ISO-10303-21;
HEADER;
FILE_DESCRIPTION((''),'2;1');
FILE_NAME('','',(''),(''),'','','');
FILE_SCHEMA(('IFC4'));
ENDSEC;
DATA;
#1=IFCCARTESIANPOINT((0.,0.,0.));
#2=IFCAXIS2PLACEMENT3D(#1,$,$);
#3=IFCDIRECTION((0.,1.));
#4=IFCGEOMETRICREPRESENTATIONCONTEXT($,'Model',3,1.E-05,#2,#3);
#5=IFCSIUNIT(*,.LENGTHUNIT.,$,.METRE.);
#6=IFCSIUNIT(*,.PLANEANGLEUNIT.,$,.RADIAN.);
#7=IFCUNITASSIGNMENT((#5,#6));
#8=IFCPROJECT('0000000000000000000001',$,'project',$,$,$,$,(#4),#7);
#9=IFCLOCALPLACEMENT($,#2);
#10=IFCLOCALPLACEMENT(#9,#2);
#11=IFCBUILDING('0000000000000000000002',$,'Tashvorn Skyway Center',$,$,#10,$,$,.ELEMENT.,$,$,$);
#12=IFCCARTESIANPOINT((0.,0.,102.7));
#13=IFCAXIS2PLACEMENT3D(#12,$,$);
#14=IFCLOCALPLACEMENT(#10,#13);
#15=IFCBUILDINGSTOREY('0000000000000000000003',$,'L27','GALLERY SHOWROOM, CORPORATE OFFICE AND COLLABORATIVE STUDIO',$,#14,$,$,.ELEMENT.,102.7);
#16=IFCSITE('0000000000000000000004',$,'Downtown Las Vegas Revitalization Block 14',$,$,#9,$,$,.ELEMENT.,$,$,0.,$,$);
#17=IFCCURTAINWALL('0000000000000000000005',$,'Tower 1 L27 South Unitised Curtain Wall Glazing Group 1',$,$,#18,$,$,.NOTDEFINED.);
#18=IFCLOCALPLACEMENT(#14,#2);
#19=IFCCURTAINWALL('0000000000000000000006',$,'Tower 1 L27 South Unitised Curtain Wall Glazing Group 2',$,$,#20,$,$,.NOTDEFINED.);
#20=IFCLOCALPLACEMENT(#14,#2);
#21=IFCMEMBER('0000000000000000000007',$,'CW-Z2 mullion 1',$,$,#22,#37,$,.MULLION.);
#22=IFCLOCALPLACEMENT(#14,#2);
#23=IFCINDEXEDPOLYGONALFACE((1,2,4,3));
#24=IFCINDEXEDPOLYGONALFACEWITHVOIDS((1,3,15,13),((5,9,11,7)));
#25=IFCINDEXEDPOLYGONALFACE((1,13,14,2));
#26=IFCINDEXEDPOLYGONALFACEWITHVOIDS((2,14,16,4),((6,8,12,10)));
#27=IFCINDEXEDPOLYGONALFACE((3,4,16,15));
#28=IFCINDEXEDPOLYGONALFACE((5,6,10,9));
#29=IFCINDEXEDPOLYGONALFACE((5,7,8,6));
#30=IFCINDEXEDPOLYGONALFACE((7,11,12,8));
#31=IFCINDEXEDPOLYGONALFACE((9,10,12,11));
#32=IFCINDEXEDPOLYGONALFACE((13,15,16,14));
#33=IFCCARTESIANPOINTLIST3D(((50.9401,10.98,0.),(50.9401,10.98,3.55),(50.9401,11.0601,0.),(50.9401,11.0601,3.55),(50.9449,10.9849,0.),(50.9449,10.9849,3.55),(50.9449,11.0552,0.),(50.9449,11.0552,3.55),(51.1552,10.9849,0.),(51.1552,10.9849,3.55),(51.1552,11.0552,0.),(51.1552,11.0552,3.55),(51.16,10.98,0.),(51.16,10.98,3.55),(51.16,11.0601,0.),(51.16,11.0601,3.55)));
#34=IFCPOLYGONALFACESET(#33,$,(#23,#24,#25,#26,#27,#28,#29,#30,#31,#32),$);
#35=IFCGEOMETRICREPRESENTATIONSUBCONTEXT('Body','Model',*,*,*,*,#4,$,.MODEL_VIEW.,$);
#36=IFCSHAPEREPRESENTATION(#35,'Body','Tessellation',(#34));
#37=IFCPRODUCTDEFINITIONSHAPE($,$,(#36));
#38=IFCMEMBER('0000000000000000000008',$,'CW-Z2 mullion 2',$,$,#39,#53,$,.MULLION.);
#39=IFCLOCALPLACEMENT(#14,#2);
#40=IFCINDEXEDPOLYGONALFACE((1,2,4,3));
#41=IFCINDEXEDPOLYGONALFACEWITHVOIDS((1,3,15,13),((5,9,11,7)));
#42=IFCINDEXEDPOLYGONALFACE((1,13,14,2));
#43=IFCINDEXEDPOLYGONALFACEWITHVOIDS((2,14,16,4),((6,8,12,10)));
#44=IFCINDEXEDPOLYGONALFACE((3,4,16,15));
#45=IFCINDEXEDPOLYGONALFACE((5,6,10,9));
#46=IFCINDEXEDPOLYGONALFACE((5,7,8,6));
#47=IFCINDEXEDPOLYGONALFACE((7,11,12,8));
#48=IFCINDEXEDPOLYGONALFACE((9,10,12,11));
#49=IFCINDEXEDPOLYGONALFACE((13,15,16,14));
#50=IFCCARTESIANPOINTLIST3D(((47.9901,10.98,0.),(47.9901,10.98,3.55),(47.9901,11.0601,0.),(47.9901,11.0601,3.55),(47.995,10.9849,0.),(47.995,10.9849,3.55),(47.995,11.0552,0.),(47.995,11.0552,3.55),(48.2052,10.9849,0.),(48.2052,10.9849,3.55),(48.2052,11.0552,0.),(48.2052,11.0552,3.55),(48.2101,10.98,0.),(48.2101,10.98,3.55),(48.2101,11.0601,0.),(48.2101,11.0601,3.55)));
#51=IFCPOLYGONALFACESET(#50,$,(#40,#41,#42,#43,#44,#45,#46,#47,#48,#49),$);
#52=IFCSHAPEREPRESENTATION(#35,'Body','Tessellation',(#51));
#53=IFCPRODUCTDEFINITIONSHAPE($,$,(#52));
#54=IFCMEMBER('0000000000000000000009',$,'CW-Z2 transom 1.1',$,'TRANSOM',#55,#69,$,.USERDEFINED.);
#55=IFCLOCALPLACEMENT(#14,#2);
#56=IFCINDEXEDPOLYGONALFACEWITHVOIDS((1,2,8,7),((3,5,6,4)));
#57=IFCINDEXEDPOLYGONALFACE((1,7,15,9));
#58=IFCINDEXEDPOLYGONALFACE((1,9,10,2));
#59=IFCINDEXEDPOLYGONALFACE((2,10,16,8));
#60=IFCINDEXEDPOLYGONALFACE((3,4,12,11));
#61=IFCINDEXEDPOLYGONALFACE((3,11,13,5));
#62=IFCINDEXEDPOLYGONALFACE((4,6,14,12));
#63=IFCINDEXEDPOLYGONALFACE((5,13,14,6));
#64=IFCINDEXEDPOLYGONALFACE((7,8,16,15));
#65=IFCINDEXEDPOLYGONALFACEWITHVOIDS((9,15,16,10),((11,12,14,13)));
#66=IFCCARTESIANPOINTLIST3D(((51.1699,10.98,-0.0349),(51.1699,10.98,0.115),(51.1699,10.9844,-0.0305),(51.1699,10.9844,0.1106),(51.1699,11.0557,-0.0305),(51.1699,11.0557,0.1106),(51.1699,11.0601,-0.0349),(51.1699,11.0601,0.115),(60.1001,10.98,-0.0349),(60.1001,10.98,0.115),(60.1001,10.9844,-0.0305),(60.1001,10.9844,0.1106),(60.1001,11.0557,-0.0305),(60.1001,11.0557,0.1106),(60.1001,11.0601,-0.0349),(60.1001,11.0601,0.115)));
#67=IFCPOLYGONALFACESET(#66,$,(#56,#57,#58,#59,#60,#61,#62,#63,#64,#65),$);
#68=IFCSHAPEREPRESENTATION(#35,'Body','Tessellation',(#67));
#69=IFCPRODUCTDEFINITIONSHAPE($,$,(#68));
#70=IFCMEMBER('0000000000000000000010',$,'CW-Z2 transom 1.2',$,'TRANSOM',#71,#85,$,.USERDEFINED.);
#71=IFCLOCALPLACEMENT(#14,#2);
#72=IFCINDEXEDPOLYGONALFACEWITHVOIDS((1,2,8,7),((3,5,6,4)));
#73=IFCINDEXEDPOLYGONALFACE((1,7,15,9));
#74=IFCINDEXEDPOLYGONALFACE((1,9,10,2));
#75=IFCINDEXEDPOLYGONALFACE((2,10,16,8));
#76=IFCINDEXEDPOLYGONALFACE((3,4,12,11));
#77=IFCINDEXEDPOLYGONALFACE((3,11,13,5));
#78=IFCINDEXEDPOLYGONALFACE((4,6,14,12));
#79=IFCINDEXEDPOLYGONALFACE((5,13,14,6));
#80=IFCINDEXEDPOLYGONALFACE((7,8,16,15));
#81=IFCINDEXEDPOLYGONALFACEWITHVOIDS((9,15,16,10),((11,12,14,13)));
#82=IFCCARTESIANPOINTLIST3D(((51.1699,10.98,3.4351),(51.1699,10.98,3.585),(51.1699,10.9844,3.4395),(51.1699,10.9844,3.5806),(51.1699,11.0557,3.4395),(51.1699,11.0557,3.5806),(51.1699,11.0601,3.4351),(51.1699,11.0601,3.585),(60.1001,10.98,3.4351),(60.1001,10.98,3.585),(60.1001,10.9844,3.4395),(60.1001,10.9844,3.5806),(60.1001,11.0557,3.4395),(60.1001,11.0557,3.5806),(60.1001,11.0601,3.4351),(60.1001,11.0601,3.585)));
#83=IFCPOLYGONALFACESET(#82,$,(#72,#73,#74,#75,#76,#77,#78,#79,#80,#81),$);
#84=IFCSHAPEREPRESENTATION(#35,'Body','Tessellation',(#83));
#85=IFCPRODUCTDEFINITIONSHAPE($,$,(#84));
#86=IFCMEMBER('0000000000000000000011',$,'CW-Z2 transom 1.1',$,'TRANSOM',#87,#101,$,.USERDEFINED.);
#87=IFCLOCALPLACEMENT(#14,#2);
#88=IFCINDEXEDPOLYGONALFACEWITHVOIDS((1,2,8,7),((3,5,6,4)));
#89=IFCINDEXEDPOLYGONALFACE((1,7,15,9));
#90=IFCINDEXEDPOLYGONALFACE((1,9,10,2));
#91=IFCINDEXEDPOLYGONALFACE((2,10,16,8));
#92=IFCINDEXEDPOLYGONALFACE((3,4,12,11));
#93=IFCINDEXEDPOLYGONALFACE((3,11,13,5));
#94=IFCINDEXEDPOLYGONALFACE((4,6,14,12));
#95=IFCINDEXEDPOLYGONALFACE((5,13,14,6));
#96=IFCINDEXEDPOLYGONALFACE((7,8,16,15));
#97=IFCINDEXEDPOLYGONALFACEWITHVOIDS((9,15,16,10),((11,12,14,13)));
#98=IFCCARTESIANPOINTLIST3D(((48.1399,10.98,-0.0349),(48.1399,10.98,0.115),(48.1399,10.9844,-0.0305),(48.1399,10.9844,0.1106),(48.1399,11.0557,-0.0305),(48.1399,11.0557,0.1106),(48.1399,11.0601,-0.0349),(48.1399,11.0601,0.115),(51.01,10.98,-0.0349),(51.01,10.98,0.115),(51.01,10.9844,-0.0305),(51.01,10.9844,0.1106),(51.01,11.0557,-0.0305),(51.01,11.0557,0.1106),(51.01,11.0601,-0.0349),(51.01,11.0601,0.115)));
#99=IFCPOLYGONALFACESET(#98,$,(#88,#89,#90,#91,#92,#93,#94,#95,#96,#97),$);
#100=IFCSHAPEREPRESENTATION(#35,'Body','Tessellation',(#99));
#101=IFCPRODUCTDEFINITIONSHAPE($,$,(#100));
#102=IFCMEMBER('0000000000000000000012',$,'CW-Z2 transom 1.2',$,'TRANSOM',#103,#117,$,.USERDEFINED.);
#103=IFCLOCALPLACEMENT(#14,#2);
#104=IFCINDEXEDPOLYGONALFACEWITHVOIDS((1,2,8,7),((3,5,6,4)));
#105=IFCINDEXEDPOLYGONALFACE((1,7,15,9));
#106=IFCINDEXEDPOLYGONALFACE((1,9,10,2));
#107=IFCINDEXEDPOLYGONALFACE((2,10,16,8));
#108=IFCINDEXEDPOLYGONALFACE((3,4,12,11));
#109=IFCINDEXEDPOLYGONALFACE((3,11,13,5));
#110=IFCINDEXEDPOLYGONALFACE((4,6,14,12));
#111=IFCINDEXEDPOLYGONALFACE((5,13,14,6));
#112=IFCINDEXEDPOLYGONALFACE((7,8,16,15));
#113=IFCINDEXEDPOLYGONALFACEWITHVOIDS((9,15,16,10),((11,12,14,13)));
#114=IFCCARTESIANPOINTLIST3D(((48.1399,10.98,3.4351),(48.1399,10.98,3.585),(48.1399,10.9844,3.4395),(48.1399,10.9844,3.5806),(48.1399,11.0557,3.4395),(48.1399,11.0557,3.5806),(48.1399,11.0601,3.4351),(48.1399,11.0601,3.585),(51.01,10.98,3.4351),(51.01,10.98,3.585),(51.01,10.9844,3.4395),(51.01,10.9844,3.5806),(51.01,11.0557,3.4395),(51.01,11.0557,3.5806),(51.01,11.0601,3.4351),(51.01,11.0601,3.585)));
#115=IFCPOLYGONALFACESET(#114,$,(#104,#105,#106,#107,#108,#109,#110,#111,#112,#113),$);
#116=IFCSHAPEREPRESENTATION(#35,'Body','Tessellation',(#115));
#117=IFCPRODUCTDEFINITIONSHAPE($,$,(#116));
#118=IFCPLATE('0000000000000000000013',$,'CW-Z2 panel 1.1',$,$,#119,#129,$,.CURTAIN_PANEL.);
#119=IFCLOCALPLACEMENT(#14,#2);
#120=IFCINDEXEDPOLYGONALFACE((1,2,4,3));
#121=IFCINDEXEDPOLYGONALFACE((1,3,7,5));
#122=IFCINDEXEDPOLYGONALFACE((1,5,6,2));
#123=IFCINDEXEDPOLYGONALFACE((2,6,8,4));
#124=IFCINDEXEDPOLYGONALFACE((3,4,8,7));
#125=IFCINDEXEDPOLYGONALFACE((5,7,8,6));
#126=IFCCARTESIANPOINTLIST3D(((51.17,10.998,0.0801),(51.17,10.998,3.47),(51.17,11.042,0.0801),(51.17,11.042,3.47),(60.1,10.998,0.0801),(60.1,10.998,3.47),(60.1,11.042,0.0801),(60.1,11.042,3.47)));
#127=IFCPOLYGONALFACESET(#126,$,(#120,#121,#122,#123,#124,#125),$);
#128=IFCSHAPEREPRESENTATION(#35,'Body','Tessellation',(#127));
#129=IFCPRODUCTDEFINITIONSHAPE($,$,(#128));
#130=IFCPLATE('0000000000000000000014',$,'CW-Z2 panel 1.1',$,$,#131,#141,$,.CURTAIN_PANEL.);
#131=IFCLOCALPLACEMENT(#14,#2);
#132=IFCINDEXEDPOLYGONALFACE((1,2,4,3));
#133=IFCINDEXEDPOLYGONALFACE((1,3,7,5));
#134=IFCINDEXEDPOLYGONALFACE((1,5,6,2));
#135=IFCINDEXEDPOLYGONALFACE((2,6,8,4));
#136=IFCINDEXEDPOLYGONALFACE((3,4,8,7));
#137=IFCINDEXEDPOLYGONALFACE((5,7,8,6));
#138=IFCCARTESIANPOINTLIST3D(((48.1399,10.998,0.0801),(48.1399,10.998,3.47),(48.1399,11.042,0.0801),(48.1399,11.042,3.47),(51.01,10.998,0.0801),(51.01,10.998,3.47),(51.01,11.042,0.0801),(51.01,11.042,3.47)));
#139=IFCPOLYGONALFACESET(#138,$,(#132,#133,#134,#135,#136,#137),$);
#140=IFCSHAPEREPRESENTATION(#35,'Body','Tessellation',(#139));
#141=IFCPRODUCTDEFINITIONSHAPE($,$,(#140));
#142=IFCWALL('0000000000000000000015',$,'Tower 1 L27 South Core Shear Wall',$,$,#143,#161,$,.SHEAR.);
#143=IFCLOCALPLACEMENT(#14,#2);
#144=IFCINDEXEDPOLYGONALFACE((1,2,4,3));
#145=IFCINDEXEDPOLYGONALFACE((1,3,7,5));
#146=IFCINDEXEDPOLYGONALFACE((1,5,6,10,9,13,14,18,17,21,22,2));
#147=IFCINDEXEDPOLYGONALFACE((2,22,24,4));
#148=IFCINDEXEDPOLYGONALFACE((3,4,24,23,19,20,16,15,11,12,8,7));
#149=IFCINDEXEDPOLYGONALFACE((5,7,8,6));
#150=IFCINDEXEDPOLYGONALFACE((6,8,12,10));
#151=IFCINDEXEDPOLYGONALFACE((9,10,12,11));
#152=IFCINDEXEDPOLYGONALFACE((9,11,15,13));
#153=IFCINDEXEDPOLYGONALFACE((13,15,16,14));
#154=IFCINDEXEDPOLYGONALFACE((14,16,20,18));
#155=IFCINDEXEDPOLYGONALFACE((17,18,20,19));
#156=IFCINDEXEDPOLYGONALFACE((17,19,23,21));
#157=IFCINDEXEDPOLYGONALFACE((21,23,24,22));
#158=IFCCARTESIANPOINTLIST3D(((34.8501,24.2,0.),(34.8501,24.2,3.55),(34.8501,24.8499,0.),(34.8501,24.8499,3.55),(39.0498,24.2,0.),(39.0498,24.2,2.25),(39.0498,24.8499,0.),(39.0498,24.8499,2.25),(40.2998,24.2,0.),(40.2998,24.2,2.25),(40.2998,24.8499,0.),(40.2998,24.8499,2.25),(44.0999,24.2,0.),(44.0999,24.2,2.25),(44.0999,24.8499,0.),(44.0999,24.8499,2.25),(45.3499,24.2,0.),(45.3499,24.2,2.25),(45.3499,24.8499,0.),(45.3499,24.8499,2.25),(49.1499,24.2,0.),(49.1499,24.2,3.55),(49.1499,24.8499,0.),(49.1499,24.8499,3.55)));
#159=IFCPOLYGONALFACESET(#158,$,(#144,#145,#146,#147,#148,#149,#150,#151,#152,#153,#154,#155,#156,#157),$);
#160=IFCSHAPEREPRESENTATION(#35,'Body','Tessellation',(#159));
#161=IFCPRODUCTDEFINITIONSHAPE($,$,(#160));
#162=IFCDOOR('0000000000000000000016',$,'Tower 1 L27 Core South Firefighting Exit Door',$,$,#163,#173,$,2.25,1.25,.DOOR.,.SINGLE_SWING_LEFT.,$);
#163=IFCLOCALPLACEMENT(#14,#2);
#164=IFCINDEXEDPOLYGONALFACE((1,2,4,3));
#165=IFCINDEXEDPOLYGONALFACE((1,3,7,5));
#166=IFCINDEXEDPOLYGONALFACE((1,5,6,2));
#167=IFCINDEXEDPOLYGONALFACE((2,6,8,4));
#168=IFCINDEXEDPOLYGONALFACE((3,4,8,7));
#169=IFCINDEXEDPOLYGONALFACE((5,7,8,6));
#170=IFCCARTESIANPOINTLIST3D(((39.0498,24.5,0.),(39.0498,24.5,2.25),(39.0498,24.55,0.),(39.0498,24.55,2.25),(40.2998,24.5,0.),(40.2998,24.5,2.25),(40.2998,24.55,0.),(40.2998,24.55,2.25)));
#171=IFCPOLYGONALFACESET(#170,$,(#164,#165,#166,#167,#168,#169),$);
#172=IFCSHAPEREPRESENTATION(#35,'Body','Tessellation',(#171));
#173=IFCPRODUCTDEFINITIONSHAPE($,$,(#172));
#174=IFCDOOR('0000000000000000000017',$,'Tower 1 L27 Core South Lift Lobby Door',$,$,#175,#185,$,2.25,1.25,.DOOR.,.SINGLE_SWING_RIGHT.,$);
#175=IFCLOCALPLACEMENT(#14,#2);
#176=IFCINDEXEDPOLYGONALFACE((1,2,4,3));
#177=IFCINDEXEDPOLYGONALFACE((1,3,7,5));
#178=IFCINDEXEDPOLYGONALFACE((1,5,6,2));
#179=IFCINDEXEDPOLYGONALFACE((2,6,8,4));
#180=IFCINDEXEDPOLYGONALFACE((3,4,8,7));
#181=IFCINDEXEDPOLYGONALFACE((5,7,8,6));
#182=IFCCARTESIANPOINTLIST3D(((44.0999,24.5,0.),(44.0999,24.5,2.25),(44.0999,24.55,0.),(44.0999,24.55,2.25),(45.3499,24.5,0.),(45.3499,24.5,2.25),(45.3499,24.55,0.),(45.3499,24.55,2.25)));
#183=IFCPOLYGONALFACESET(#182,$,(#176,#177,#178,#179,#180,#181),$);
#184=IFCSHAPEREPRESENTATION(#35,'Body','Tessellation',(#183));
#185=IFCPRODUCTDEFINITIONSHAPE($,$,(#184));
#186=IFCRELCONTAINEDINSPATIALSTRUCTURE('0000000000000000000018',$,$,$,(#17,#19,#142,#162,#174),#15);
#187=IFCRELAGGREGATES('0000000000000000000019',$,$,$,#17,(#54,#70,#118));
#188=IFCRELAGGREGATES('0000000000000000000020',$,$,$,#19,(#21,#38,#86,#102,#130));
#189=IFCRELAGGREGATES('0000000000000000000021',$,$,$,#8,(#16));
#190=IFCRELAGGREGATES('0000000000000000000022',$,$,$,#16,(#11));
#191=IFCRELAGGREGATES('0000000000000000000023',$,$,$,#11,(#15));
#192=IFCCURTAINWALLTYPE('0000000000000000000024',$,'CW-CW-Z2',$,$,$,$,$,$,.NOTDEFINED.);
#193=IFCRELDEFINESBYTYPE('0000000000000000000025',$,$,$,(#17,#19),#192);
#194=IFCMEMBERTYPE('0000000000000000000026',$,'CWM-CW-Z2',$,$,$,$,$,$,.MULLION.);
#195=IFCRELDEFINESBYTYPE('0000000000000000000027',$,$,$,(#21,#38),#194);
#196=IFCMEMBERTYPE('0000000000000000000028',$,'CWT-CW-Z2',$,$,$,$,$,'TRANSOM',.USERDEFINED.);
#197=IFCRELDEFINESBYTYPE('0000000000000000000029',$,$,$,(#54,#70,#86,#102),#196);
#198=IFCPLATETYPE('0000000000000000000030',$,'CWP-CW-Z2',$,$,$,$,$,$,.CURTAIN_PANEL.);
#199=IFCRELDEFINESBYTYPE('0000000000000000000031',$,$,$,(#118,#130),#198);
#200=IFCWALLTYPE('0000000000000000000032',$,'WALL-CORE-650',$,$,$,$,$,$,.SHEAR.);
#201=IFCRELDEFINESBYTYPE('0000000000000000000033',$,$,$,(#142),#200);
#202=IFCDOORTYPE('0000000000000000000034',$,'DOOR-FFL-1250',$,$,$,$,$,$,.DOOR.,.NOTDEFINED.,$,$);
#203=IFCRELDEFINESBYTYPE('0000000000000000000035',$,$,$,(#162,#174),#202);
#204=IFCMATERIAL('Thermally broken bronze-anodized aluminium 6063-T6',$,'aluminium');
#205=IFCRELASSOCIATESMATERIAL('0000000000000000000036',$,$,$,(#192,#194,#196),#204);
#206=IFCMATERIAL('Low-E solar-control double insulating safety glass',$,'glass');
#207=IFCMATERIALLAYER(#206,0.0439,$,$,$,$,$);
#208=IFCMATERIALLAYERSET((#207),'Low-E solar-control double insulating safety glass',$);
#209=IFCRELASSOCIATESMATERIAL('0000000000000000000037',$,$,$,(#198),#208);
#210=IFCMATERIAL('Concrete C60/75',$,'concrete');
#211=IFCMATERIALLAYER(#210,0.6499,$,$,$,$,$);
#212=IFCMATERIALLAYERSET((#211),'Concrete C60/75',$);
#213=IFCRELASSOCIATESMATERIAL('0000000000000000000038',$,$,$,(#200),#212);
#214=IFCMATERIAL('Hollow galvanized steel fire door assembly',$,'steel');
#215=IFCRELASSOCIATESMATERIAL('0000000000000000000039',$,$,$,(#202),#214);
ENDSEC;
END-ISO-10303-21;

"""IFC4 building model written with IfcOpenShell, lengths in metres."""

from ifc_helpers import new_model, si_unit, direction, frame, frame_2d, origin, origin_2d, place, context, subcontext, project, spatial, rectangle, hollow_rectangle, extrude, material, layer, layer_set, material_profile, profile_set, type_object, element, fill, aggregate, save


model = new_model("IFC4")

# Units and contexts
model_context = context("Model", 3, precision=1e-05, world=origin(), true_north=direction((0.0, 1.0)))
body_context = subcontext(model_context, "Body", "Model", "MODEL_VIEW")
ifc_project = project(units=[si_unit("LENGTHUNIT", "METRE"), si_unit("PLANEANGLEUNIT", "RADIAN")], contexts=[model_context])

# Site, building, storey
site_placement = place(None, origin())
site = spatial("IfcSite", under=ifc_project, at=site_placement, Name="Downtown Las Vegas Revitalization Block 14", CompositionType="ELEMENT", RefElevation=0.0)
building_placement = place(site_placement, origin())
building = spatial("IfcBuilding", under=site, at=building_placement, Name="Tashvorn Skyway Center", CompositionType="ELEMENT")
storey_placement = place(building_placement, frame((0.0, 0.0, 102.7)))
storey = spatial("IfcBuildingStorey", under=building, at=storey_placement, Name="L27", Description="GALLERY SHOWROOM, CORPORATE OFFICE AND COLLABORATIVE STUDIO", CompositionType="ELEMENT", Elevation=102.7)

# Curtain walls, members
ifc_material_1 = material(Name="Thermally broken bronze-anodized aluminium 6063-T6", Category="aluminium")
curtain_wall_type = type_object("IfcCurtainWallType", Name="CW-CW-Z2", PredefinedType="NOTDEFINED", material=ifc_material_1)
curtain_wall_1_placement = place(storey_placement, origin())
curtain_wall_1 = element("IfcCurtainWall", 1, at=curtain_wall_1_placement, inside=storey, type_object=curtain_wall_type, Name="Tower 1 L27 South Unitised Curtain Wall Glazing Group 1", PredefinedType="NOTDEFINED")
ifc_material_profile_1 = material_profile(ifc_material_1, hollow_rectangle(XDim=0.0801, YDim=0.22, WallThickness=0.0049, at=origin_2d()), Name="ALU-MULL-80x220")
ifc_profile_set_1 = profile_set([ifc_material_profile_1], Name="Thermally broken bronze-anodized aluminium 6063-T6")
member_type_1 = type_object("IfcMemberType", Name="CWM-CW-Z2", PredefinedType="MULLION", material=ifc_profile_set_1)
curtain_wall_2_placement = place(storey_placement, origin())
curtain_wall_2 = element("IfcCurtainWall", 2, at=curtain_wall_2_placement, inside=storey, type_object=curtain_wall_type, Name="Tower 1 L27 South Unitised Curtain Wall Glazing Group 2", PredefinedType="NOTDEFINED")
member_1_placement = place(storey_placement, frame((51.05, 11.02, 0.0), z_axis=(0.0, 0.0, 1.0), x_axis=(0.0, -1.0, 0.0)))
member_1 = element("IfcMember", 3, at=member_1_placement, type_object=member_type_1, Name="CW-Z2 mullion 1", PredefinedType="MULLION", context=body_context, shape_type="SweptSolid", body=[
    extrude(hollow_rectangle(XDim=0.0801, YDim=0.22, WallThickness=0.0049, at=origin_2d()), origin(), (0.0, 0.0, 1.0), 3.55),
])
member_2_placement = place(storey_placement, frame((48.1001, 11.02, 0.0), z_axis=(0.0, 0.0, 1.0), x_axis=(0.0, -1.0, 0.0)))
member_2 = element("IfcMember", 4, at=member_2_placement, type_object=member_type_1, Name="CW-Z2 mullion 2", PredefinedType="MULLION", context=body_context, shape_type="SweptSolid", body=[
    extrude(hollow_rectangle(XDim=0.0801, YDim=0.22, WallThickness=0.0049, at=origin_2d()), origin(), (0.0, 0.0, 1.0), 3.55),
])

# Members
ifc_material_profile_2 = material_profile(ifc_material_1, hollow_rectangle(XDim=0.0801, YDim=0.1499, WallThickness=0.0044, at=origin_2d()), Name="ALU-TRAN-80x150")
ifc_profile_set_2 = profile_set([ifc_material_profile_2], Name="Thermally broken bronze-anodized aluminium 6063-T6")
member_type_2 = type_object("IfcMemberType", Name="CWT-CW-Z2", ElementType="TRANSOM", PredefinedType="USERDEFINED", material=ifc_profile_set_2)
member_3_placement = place(storey_placement, frame((60.1001, 11.02, 0.04), z_axis=(-1.0, 0.0, 0.0), x_axis=(0.0, -1.0, 0.0)))
member_3 = element("IfcMember", 5, at=member_3_placement, type_object=member_type_2, Name="CW-Z2 transom 1.1", ObjectType="TRANSOM", PredefinedType="USERDEFINED", context=body_context, shape_type="SweptSolid", body=[
    extrude(hollow_rectangle(XDim=0.0801, YDim=0.1499, WallThickness=0.0044, at=origin_2d()), origin(), (0.0, 0.0, 1.0), 8.9302),
])
member_4_placement = place(storey_placement, frame((60.1001, 11.02, 3.51), z_axis=(-1.0, 0.0, 0.0), x_axis=(0.0, -1.0, 0.0)))
member_4 = element("IfcMember", 6, at=member_4_placement, type_object=member_type_2, Name="CW-Z2 transom 1.2", ObjectType="TRANSOM", PredefinedType="USERDEFINED", context=body_context, shape_type="SweptSolid", body=[
    extrude(hollow_rectangle(XDim=0.0801, YDim=0.1499, WallThickness=0.0044, at=origin_2d()), origin(), (0.0, 0.0, 1.0), 8.9302),
])
member_5_placement = place(storey_placement, frame((51.01, 11.02, 0.04), z_axis=(-1.0, 0.0, 0.0), x_axis=(0.0, -1.0, 0.0)))
member_5 = element("IfcMember", 7, at=member_5_placement, type_object=member_type_2, Name="CW-Z2 transom 1.1", ObjectType="TRANSOM", PredefinedType="USERDEFINED", context=body_context, shape_type="SweptSolid", body=[
    extrude(hollow_rectangle(XDim=0.0801, YDim=0.1499, WallThickness=0.0044, at=origin_2d()), origin(), (0.0, 0.0, 1.0), 2.8701),
])
member_6_placement = place(storey_placement, frame((51.01, 11.02, 3.51), z_axis=(-1.0, 0.0, 0.0), x_axis=(0.0, -1.0, 0.0)))
member_6 = element("IfcMember", 8, at=member_6_placement, type_object=member_type_2, Name="CW-Z2 transom 1.2", ObjectType="TRANSOM", PredefinedType="USERDEFINED", context=body_context, shape_type="SweptSolid", body=[
    extrude(hollow_rectangle(XDim=0.0801, YDim=0.1499, WallThickness=0.0044, at=origin_2d()), origin(), (0.0, 0.0, 1.0), 2.8701),
])

# Plates
ifc_material_2 = material(Name="Low-E solar-control double insulating safety glass", Category="glass")
ifc_layer_1 = layer(ifc_material_2, 0.0439)
ifc_layer_set_1 = layer_set([ifc_layer_1], Name="Low-E solar-control double insulating safety glass")
plate_type = type_object("IfcPlateType", Name="CWP-CW-Z2", PredefinedType="CURTAIN_PANEL", material=ifc_layer_set_1)
plate_1_placement = place(storey_placement, frame((55.635, 11.02, 0.0801), z_axis=(0.0, 0.0, 1.0), x_axis=(-1.0, 0.0, 0.0)))
plate_1 = element("IfcPlate", 9, at=plate_1_placement, type_object=plate_type, Name="CW-Z2 panel 1.1", PredefinedType="CURTAIN_PANEL", context=body_context, shape_type="SweptSolid", body=[
    extrude(rectangle(XDim=8.9299, YDim=0.0439, at=origin_2d()), origin(), (0.0, 0.0, 1.0), 3.3899),
])
aggregate(curtain_wall_1, [member_3, member_4, plate_1])
plate_2_placement = place(storey_placement, frame((49.575, 11.02, 0.0801), z_axis=(0.0, 0.0, 1.0), x_axis=(-1.0, 0.0, 0.0)))
plate_2 = element("IfcPlate", 10, at=plate_2_placement, type_object=plate_type, Name="CW-Z2 panel 1.1", PredefinedType="CURTAIN_PANEL", context=body_context, shape_type="SweptSolid", body=[
    extrude(rectangle(XDim=2.8701, YDim=0.0439, at=origin_2d()), origin(), (0.0, 0.0, 1.0), 3.3899),
])
aggregate(curtain_wall_2, [member_1, member_2, member_5, member_6, plate_2])

# Wall, openings, doors
ifc_material_3 = material(Name="Concrete C60/75", Category="concrete")
ifc_layer_2 = layer(ifc_material_3, 0.6499)
ifc_layer_set_2 = layer_set([ifc_layer_2], Name="Concrete C60/75")
wall_type_1 = type_object("IfcWallType", Name="WALL-CORE-650", PredefinedType="SHEAR", material=ifc_layer_set_2)
wall_1_placement = place(storey_placement, frame((49.1499, 24.5249, 0.0), z_axis=(0.0, 0.0, 1.0), x_axis=(-1.0, 0.0, 0.0)))
wall_1 = element("IfcWall", 11, at=wall_1_placement, inside=storey, type_object=wall_type_1, Name="Tower 1 L27 South Core Shear Wall", PredefinedType="SHEAR", context=body_context, shape_type="SweptSolid", body=[
    extrude(rectangle(XDim=14.2998, YDim=0.6499, at=frame_2d((7.1499, 0.0))), origin(), (0.0, 0.0, 1.0), 3.55),
])
opening_1_placement = place(wall_1_placement, frame((8.8501, 0.0, 0.0)))
opening_1 = element("IfcOpeningElement", 12, at=opening_1_placement, cuts=wall_1, PredefinedType="OPENING", context=body_context, shape_type="SweptSolid", body=[
    extrude(rectangle(XDim=1.25, YDim=2.25, at=frame_2d((0.625, 1.125))), frame((0.0, 0.335, 0.0), z_axis=(0.0, -1.0, 0.0), x_axis=(1.0, 0.0, 0.0)), (0.0, 0.0, 1.0), 0.6699),
])
opening_2_placement = place(wall_1_placement, frame((3.8, 0.0, 0.0)))
opening_2 = element("IfcOpeningElement", 13, at=opening_2_placement, cuts=wall_1, PredefinedType="OPENING", context=body_context, shape_type="SweptSolid", body=[
    extrude(rectangle(XDim=1.25, YDim=2.25, at=frame_2d((0.625, 1.125))), frame((0.0, 0.335, 0.0), z_axis=(0.0, -1.0, 0.0), x_axis=(1.0, 0.0, 0.0)), (0.0, 0.0, 1.0), 0.6699),
])
ifc_material_4 = material(Name="Hollow galvanized steel fire door assembly", Category="steel")
door_type_1 = type_object("IfcDoorType", Name="DOOR-FFL-1250", OperationType="NOTDEFINED", PredefinedType="DOOR", material=ifc_material_4)
door_1_placement = place(opening_1_placement, origin())
door_1 = element("IfcDoor", 14, at=door_1_placement, inside=storey, type_object=door_type_1, Name="Tower 1 L27 Core South Firefighting Exit Door", OperationType="SINGLE_SWING_LEFT", OverallHeight=2.25, OverallWidth=1.25, PredefinedType="DOOR", context=body_context, shape_type="SweptSolid", body=[
    extrude(rectangle(XDim=1.25, YDim=2.25, at=frame_2d((0.625, 1.125))), frame((0.0, 0.0249, 0.0), z_axis=(0.0, -1.0, 0.0), x_axis=(1.0, 0.0, 0.0)), (0.0, 0.0, 1.0), 0.05),
])
fill(opening_1, door_1)
door_2_placement = place(opening_2_placement, origin())
door_2 = element("IfcDoor", 15, at=door_2_placement, inside=storey, type_object=door_type_1, Name="Tower 1 L27 Core South Lift Lobby Door", OperationType="SINGLE_SWING_RIGHT", OverallHeight=2.25, OverallWidth=1.25, PredefinedType="DOOR", context=body_context, shape_type="SweptSolid", body=[
    extrude(rectangle(XDim=1.25, YDim=2.25, at=frame_2d((0.625, 1.125))), frame((0.0, 0.0249, 0.0), z_axis=(0.0, -1.0, 0.0), x_axis=(1.0, 0.0, 0.0)), (0.0, 0.0, 1.0), 0.05),
])
fill(opening_2, door_2)

save(model, "model.ifc")
